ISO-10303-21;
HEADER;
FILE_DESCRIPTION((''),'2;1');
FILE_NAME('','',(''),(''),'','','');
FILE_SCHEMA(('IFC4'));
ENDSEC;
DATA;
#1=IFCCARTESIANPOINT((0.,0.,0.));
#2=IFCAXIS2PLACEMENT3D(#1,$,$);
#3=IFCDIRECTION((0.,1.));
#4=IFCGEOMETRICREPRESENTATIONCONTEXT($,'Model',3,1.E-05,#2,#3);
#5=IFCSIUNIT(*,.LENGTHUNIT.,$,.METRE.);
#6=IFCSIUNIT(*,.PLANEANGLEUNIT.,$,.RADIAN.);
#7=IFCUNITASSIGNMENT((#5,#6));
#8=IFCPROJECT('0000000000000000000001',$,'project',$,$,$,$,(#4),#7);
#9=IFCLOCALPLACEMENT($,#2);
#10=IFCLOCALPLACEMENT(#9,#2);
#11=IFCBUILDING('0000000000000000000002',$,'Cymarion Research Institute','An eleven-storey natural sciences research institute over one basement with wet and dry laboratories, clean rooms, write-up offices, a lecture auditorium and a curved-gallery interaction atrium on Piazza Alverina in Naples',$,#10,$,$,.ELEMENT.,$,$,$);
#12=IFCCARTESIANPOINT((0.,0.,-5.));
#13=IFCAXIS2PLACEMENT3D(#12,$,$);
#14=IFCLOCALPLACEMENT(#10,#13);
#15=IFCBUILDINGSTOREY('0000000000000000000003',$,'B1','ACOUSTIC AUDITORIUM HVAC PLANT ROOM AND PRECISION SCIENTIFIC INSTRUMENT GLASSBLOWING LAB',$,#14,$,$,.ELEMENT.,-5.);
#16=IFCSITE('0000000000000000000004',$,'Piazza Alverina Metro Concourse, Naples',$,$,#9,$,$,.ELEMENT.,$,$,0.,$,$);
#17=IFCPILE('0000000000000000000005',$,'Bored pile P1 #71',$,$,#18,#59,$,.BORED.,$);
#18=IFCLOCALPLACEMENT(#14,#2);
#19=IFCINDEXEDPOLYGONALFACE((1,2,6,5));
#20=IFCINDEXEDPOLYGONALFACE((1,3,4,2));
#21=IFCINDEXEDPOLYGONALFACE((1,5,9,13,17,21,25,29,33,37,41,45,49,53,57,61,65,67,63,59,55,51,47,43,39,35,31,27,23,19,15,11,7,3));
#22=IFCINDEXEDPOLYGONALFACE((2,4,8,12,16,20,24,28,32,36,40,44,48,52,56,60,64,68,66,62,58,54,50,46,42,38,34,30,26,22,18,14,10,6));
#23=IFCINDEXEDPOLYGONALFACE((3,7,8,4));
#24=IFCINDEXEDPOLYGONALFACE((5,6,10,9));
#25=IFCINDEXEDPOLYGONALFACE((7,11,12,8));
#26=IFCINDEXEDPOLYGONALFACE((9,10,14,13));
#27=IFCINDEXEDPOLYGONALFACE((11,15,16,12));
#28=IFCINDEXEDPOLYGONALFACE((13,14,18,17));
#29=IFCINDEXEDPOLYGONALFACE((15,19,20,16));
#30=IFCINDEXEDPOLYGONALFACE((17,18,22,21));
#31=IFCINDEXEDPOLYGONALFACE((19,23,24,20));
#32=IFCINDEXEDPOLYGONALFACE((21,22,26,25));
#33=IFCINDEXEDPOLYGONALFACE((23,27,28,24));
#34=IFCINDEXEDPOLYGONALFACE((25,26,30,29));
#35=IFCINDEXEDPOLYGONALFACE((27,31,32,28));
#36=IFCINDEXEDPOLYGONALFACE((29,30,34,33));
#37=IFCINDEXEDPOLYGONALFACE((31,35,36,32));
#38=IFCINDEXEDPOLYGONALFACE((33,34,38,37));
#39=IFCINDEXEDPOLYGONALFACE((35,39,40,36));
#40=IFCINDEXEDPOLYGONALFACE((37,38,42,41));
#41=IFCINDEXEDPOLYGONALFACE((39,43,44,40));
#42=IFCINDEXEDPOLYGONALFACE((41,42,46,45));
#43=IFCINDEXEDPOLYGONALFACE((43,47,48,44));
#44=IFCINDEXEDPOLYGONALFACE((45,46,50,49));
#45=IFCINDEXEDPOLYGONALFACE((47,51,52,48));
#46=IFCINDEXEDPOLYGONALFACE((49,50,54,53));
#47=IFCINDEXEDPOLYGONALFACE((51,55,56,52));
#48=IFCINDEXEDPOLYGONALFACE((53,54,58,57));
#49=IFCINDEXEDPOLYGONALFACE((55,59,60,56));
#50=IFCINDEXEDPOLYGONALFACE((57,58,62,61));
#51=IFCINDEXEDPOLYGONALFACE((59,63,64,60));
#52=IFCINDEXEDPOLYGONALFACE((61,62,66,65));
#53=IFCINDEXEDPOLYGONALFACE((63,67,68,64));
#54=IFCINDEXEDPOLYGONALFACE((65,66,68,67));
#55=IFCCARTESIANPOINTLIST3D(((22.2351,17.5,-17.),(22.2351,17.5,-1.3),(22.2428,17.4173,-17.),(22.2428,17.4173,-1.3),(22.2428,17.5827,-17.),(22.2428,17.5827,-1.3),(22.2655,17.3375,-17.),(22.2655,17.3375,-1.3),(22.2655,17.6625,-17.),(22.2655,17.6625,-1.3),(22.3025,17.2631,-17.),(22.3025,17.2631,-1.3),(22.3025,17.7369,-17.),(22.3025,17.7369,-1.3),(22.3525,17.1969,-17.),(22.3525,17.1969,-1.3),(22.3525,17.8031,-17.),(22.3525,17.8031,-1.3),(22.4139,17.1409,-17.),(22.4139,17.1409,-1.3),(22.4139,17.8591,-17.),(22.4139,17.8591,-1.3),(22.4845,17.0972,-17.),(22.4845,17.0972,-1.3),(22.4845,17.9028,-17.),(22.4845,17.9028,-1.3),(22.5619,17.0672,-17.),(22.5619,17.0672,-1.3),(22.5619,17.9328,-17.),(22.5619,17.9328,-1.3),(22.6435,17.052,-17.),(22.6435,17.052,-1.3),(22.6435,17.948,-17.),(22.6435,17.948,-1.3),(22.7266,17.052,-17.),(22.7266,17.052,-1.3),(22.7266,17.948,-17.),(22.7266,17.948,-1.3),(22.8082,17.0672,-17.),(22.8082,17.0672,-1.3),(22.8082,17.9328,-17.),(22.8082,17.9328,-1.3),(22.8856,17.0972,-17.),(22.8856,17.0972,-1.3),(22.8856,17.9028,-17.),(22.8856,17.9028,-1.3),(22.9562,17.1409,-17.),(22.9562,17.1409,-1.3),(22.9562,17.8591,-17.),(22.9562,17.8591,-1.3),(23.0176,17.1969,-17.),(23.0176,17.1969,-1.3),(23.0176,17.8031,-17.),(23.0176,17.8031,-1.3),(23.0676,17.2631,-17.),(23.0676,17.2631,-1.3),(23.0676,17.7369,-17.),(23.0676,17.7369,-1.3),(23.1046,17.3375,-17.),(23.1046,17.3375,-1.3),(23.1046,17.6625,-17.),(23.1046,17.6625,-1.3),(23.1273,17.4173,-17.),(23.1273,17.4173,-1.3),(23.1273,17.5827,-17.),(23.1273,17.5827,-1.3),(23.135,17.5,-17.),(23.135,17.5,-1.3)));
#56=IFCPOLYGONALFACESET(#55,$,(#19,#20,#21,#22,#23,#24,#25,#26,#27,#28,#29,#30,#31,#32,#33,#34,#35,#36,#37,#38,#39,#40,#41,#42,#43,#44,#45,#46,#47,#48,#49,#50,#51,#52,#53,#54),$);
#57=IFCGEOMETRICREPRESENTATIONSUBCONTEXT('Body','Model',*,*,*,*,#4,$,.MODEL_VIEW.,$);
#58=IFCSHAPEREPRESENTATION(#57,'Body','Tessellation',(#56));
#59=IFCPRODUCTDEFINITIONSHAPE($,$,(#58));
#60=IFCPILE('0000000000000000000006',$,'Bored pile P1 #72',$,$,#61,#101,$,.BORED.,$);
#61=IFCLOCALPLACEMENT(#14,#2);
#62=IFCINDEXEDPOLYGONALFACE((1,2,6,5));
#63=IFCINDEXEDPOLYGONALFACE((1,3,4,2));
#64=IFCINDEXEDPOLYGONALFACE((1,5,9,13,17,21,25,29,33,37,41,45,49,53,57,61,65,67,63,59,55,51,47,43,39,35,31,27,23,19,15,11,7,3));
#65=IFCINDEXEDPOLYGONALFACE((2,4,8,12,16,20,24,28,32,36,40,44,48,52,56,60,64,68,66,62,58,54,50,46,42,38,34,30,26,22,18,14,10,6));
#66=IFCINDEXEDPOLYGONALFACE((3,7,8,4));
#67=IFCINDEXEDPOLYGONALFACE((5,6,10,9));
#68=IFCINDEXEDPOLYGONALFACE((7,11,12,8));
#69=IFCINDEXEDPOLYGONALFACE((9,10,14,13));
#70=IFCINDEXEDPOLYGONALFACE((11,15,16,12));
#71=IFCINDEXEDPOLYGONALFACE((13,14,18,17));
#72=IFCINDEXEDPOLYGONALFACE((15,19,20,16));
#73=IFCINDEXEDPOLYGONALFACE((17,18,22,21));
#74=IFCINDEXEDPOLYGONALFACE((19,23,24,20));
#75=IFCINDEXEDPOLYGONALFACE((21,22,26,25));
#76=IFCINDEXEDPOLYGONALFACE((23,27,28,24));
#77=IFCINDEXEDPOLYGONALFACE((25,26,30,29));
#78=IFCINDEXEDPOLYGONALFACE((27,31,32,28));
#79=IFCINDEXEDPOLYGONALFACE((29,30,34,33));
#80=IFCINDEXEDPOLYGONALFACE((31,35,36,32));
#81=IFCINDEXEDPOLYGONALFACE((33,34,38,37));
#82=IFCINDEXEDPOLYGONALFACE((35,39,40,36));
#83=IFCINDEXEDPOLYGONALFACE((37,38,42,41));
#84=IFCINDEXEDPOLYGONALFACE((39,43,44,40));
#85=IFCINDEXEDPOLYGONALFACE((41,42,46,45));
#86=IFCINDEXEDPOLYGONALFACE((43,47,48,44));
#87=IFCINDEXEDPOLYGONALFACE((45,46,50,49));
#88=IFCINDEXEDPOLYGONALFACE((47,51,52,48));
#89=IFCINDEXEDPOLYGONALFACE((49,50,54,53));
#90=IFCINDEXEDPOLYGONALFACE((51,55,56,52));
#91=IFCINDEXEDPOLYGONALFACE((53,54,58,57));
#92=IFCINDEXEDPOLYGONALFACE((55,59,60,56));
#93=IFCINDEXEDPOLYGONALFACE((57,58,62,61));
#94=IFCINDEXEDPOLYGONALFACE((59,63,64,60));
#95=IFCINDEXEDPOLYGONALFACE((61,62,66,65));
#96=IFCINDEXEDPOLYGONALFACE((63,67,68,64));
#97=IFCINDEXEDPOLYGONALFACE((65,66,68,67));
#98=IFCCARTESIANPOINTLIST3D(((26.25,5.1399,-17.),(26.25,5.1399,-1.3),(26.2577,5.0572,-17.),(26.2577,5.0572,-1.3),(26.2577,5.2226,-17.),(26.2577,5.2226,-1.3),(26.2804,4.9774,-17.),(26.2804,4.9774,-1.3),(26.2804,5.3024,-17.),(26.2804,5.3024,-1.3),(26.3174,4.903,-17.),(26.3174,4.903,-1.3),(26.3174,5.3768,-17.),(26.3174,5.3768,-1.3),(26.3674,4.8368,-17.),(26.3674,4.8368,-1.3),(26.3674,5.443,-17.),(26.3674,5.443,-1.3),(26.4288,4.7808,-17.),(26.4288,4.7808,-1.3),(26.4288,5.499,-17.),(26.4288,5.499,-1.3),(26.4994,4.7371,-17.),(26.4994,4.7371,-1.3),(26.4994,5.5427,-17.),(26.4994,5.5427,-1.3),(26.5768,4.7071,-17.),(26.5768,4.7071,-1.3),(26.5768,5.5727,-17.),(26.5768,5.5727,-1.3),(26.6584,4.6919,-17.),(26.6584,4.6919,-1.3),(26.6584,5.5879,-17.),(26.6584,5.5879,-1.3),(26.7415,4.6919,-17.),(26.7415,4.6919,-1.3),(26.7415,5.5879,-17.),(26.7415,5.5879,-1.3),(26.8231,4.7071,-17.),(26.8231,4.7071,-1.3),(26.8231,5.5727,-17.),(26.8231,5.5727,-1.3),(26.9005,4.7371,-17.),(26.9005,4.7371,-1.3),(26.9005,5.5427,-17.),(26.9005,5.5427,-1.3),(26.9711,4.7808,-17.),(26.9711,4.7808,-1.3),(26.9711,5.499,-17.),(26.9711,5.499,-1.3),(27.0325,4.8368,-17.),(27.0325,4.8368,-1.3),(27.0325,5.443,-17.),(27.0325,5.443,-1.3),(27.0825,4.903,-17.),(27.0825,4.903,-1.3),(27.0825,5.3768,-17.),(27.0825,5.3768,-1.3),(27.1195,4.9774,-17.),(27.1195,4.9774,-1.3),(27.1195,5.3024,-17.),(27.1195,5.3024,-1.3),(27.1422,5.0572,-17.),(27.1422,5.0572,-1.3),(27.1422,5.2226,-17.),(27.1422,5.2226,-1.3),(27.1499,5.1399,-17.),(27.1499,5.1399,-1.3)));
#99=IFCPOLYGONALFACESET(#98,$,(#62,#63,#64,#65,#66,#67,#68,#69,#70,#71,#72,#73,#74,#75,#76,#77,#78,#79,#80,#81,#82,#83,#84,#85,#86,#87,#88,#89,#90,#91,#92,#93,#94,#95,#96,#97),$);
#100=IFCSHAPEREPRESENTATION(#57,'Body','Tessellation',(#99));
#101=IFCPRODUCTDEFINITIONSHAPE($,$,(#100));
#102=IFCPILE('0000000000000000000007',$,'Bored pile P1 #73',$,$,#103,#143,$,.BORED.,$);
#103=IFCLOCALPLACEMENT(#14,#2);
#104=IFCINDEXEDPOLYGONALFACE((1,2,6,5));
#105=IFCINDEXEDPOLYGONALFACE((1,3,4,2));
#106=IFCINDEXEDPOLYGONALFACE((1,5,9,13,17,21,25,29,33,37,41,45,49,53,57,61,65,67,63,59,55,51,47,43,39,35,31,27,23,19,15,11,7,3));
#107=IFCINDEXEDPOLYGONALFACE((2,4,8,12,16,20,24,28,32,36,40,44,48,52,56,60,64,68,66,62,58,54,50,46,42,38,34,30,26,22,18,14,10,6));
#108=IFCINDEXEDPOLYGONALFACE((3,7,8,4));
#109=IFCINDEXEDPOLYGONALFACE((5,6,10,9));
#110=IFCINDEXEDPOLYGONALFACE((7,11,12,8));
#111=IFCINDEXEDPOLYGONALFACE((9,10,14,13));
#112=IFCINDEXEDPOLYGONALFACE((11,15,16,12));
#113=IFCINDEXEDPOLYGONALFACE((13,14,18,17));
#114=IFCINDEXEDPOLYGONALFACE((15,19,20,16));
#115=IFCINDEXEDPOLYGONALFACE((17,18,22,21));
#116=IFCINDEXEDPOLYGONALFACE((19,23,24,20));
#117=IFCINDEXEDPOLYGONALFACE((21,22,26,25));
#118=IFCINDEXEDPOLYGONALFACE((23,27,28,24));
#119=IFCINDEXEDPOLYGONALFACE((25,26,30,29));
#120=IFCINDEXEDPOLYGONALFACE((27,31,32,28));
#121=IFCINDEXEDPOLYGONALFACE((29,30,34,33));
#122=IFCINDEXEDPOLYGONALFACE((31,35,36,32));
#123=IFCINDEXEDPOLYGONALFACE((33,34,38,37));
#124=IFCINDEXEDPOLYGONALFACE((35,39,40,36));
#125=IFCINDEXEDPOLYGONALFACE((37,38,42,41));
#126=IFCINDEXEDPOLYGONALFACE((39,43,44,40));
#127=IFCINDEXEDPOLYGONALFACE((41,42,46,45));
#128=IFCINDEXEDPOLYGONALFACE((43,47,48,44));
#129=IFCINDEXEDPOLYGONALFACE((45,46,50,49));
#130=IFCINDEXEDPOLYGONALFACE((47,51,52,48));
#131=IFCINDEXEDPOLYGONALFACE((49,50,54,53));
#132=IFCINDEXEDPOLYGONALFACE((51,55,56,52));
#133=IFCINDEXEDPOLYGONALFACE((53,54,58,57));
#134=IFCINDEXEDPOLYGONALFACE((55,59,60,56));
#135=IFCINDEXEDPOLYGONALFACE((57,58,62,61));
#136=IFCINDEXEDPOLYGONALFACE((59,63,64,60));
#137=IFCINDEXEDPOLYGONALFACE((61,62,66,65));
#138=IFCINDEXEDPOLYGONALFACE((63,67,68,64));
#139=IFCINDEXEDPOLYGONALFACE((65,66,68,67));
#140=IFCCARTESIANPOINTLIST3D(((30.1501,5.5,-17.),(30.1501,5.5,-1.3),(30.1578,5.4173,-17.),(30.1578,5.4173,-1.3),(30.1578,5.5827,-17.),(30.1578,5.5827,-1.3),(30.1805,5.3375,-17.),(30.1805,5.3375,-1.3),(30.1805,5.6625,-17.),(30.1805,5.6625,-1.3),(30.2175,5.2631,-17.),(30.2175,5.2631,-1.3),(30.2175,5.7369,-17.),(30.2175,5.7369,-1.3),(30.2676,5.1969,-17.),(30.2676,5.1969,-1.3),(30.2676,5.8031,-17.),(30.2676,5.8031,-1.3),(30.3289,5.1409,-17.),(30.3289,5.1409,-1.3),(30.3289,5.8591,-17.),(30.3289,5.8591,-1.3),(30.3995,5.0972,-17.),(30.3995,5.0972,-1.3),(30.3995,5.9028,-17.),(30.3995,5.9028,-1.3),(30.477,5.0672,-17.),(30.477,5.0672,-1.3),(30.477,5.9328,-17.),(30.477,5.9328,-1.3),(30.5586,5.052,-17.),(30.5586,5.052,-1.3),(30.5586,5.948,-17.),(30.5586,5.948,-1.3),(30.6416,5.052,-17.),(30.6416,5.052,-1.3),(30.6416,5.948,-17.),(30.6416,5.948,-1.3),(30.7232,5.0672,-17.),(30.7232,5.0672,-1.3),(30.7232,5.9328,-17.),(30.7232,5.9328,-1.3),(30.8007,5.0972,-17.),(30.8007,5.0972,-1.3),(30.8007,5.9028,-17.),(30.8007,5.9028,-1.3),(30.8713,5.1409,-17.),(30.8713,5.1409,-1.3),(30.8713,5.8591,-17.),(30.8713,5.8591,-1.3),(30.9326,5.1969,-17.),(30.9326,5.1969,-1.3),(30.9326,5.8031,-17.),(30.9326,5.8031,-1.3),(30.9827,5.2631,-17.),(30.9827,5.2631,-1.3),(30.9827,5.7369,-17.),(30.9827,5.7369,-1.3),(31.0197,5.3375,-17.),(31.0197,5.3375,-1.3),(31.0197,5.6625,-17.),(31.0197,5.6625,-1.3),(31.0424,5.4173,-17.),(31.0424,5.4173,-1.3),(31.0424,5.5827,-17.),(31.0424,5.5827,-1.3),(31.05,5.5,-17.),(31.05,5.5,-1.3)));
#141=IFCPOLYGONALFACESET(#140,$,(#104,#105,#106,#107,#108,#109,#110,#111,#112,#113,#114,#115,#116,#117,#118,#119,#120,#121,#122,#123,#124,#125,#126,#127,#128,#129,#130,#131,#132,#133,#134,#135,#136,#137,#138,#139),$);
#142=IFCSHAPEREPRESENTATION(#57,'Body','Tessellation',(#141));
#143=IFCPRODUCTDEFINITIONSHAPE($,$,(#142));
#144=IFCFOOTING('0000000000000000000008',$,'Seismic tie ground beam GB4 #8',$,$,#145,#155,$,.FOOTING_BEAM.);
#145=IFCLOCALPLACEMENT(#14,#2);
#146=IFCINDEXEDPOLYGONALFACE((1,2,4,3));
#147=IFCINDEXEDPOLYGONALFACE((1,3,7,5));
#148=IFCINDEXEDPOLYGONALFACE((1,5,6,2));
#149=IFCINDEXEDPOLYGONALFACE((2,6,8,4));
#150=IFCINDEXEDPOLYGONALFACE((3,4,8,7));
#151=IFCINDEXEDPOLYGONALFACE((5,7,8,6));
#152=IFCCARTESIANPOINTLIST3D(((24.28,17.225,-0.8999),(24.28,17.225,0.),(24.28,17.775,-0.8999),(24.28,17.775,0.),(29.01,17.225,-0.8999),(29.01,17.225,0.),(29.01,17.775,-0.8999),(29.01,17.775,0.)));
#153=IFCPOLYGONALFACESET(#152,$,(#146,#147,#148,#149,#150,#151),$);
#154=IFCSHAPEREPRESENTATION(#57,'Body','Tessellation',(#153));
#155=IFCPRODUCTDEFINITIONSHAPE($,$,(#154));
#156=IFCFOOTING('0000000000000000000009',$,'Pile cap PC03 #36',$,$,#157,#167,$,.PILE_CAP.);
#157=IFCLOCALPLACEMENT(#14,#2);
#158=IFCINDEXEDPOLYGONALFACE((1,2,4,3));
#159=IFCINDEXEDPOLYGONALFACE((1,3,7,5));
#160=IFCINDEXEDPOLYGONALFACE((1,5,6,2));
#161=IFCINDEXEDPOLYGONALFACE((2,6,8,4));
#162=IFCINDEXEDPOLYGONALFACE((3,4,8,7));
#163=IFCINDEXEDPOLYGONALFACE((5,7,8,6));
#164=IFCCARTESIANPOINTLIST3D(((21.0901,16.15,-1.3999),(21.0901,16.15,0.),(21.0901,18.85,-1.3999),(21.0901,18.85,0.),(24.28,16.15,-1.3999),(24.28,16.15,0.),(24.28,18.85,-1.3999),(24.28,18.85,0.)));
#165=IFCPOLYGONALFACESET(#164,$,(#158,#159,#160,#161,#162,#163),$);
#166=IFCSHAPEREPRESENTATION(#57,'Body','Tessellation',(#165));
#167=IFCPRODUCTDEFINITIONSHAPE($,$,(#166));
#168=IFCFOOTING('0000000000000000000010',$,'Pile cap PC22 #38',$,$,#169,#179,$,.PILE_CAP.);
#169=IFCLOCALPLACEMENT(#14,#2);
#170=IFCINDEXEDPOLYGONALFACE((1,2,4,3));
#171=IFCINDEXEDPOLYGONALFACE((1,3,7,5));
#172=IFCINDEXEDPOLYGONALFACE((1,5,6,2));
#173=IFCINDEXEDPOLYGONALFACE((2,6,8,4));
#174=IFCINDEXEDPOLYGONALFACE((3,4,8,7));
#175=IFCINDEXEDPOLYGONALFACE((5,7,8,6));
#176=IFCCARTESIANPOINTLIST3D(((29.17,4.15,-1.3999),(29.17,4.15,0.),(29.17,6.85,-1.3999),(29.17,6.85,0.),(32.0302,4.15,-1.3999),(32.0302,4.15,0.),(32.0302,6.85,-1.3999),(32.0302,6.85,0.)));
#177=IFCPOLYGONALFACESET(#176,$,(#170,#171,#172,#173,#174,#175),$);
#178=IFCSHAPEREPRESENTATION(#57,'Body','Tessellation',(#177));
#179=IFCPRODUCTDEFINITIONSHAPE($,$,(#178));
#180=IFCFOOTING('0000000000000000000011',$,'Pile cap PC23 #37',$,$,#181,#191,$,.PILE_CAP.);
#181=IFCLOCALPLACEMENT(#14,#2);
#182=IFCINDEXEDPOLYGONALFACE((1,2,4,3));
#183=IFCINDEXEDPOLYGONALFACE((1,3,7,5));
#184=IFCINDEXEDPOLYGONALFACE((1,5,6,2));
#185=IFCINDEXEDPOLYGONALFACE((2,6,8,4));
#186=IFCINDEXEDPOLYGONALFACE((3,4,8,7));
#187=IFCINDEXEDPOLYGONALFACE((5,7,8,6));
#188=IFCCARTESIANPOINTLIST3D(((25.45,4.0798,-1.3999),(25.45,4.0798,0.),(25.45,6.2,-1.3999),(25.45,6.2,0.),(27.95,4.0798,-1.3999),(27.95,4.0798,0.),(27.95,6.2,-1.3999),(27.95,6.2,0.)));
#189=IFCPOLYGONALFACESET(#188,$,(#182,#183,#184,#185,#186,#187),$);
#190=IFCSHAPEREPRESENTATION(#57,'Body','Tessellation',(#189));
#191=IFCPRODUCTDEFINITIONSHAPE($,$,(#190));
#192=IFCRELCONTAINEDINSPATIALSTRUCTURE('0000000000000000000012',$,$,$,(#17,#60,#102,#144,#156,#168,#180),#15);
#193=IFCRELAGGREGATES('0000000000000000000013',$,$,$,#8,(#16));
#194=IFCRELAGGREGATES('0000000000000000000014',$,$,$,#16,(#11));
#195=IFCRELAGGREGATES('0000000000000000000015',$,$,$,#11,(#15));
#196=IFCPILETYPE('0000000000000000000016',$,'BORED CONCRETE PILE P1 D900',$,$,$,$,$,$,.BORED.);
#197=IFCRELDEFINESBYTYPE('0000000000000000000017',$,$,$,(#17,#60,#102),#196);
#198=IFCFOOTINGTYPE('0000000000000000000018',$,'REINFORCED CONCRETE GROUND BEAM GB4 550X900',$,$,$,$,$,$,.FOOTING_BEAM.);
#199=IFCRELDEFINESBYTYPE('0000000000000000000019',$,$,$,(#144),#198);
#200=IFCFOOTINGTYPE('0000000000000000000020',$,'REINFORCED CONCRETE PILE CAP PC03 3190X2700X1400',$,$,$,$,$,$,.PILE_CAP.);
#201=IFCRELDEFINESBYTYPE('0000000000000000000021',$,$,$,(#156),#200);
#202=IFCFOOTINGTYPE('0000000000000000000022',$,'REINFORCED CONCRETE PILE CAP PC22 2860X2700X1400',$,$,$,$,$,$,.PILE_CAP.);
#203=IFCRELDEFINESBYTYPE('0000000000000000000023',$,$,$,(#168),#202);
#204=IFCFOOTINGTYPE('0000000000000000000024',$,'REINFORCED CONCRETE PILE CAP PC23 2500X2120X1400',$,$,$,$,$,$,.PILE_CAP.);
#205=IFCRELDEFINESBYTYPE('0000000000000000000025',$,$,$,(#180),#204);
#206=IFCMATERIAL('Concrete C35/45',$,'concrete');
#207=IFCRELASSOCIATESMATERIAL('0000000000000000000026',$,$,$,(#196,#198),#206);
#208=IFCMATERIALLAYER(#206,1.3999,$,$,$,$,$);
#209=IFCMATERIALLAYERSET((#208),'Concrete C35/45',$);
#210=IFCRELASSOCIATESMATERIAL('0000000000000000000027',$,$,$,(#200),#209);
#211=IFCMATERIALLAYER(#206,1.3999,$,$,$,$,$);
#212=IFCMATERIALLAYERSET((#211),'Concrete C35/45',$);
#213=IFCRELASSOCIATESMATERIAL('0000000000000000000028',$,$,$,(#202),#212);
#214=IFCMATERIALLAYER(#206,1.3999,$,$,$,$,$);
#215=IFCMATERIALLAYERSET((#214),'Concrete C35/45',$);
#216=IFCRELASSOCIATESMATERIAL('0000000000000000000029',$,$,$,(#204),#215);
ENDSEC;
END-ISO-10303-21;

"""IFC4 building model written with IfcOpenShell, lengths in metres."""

from ifc_helpers import new_model, si_unit, direction, frame, origin, origin_2d, place, context, subcontext, project, spatial, rectangle, circle, extrude, material, layer, layer_set, material_profile, profile_set, type_object, element, save


model = new_model("IFC4")

# Units and contexts
model_context = context("Model", 3, precision=1e-05, world=origin(), true_north=direction((0.0, 1.0)))
body_context = subcontext(model_context, "Body", "Model", "MODEL_VIEW")
ifc_project = project(units=[si_unit("LENGTHUNIT", "METRE"), si_unit("PLANEANGLEUNIT", "RADIAN")], contexts=[model_context])

# Site, building, storey
site_placement = place(None, origin())
site = spatial("IfcSite", under=ifc_project, at=site_placement, Name="Piazza Alverina Metro Concourse, Naples", CompositionType="ELEMENT", RefElevation=0.0)
building_placement = place(site_placement, origin())
building = spatial("IfcBuilding", under=site, at=building_placement, Name="Cymarion Research Institute", Description="An eleven-storey natural sciences research institute over one basement with wet and dry laboratories, clean rooms, write-up offices, a lecture auditorium and a curved-gallery interaction atrium on Piazza Alverina in Naples", CompositionType="ELEMENT")
storey_placement = place(building_placement, frame((0.0, 0.0, -5.0)))
storey = spatial("IfcBuildingStorey", under=building, at=storey_placement, Name="B1", Description="ACOUSTIC AUDITORIUM HVAC PLANT ROOM AND PRECISION SCIENTIFIC INSTRUMENT GLASSBLOWING LAB", CompositionType="ELEMENT", Elevation=-5.0)

# Piles
ifc_material_1 = material(Name="Concrete C35/45", Category="concrete")
ifc_material_profile_1 = material_profile(ifc_material_1, circle(Radius=0.45, at=origin_2d()), Name="BORED PILE D900")
ifc_profile_set_1 = profile_set([ifc_material_profile_1], Name="Concrete C35/45")
pile_type = type_object("IfcPileType", Name="BORED CONCRETE PILE P1 D900", PredefinedType="BORED", material=ifc_profile_set_1)
for number, where, z_axis, x_axis, name in (
    (1, (22.6851, 17.5, -1.3), (0.0, 0.0, -1.0), (1.0, 0.0, 0.0), "Bored pile P1 #71"),
    (2, (26.7, 5.1399, -1.3), (0.0, 0.0, -1.0), (1.0, 0.0, 0.0), "Bored pile P1 #72"),
    (3, (30.6001, 5.5, -1.3), (0.0, 0.0, -1.0), (1.0, 0.0, 0.0), "Bored pile P1 #73"),
):
    element("IfcPile", number, at=place(storey_placement, frame(where, z_axis=z_axis, x_axis=x_axis)), inside=storey, type_object=pile_type, Name=name, PredefinedType="BORED", context=body_context, shape_type="SweptSolid", body=[
        extrude(circle(Radius=0.45, at=origin_2d()), origin(), (0.0, 0.0, 1.0), 15.7),
    ])

# Footings
footing_type_1 = type_object("IfcFootingType", Name="REINFORCED CONCRETE GROUND BEAM GB4 550X900", PredefinedType="FOOTING_BEAM", material=ifc_material_1)
footing_1_placement = place(storey_placement, frame((26.645, 17.5, -0.8999), z_axis=(0.0, 0.0, 1.0), x_axis=(1.0, 0.0, 0.0)))
element("IfcFooting", 4, at=footing_1_placement, inside=storey, type_object=footing_type_1, Name="Seismic tie ground beam GB4 #8", PredefinedType="FOOTING_BEAM", context=body_context, shape_type="SweptSolid", body=[
    extrude(rectangle(XDim=4.73, YDim=0.55, at=origin_2d()), origin(), (0.0, 0.0, 1.0), 0.8999),
])
ifc_layer_1 = layer(ifc_material_1, 1.3999)
ifc_layer_set_1 = layer_set([ifc_layer_1], Name="Concrete C35/45")
footing_type_2 = type_object("IfcFootingType", Name="REINFORCED CONCRETE PILE CAP PC03 3190X2700X1400", PredefinedType="PILE_CAP", material=ifc_layer_set_1)
footing_2_placement = place(storey_placement, frame((22.6851, 17.5, -1.3999), z_axis=(0.0, 0.0, 1.0), x_axis=(1.0, 0.0, 0.0)))
element("IfcFooting", 5, at=footing_2_placement, inside=storey, type_object=footing_type_2, Name="Pile cap PC03 #36", PredefinedType="PILE_CAP", context=body_context, shape_type="SweptSolid", body=[
    extrude(rectangle(XDim=3.1899, YDim=2.7, at=origin_2d()), origin(), (0.0, 0.0, 1.0), 1.3999),
])
ifc_layer_2 = layer(ifc_material_1, 1.3999)
ifc_layer_set_2 = layer_set([ifc_layer_2], Name="Concrete C35/45")
footing_type_3 = type_object("IfcFootingType", Name="REINFORCED CONCRETE PILE CAP PC22 2860X2700X1400", PredefinedType="PILE_CAP", material=ifc_layer_set_2)
footing_3_placement = place(storey_placement, frame((30.6001, 5.5, -1.3999), z_axis=(0.0, 0.0, 1.0), x_axis=(1.0, 0.0, 0.0)))
element("IfcFooting", 6, at=footing_3_placement, inside=storey, type_object=footing_type_3, Name="Pile cap PC22 #38", PredefinedType="PILE_CAP", context=body_context, shape_type="SweptSolid", body=[
    extrude(rectangle(XDim=2.8601, YDim=2.7, at=origin_2d()), origin(), (0.0, 0.0, 1.0), 1.3999),
])
ifc_layer_3 = layer(ifc_material_1, 1.3999)
ifc_layer_set_3 = layer_set([ifc_layer_3], Name="Concrete C35/45")
footing_type_4 = type_object("IfcFootingType", Name="REINFORCED CONCRETE PILE CAP PC23 2500X2120X1400", PredefinedType="PILE_CAP", material=ifc_layer_set_3)
footing_4_placement = place(storey_placement, frame((26.7, 5.1399, -1.3999), z_axis=(0.0, 0.0, 1.0), x_axis=(1.0, 0.0, 0.0)))
element("IfcFooting", 7, at=footing_4_placement, inside=storey, type_object=footing_type_4, Name="Pile cap PC23 #37", PredefinedType="PILE_CAP", context=body_context, shape_type="SweptSolid", body=[
    extrude(rectangle(XDim=2.5, YDim=2.1201, at=origin_2d()), origin(), (0.0, 0.0, 1.0), 1.3999),
])

save(model, "model.ifc")
